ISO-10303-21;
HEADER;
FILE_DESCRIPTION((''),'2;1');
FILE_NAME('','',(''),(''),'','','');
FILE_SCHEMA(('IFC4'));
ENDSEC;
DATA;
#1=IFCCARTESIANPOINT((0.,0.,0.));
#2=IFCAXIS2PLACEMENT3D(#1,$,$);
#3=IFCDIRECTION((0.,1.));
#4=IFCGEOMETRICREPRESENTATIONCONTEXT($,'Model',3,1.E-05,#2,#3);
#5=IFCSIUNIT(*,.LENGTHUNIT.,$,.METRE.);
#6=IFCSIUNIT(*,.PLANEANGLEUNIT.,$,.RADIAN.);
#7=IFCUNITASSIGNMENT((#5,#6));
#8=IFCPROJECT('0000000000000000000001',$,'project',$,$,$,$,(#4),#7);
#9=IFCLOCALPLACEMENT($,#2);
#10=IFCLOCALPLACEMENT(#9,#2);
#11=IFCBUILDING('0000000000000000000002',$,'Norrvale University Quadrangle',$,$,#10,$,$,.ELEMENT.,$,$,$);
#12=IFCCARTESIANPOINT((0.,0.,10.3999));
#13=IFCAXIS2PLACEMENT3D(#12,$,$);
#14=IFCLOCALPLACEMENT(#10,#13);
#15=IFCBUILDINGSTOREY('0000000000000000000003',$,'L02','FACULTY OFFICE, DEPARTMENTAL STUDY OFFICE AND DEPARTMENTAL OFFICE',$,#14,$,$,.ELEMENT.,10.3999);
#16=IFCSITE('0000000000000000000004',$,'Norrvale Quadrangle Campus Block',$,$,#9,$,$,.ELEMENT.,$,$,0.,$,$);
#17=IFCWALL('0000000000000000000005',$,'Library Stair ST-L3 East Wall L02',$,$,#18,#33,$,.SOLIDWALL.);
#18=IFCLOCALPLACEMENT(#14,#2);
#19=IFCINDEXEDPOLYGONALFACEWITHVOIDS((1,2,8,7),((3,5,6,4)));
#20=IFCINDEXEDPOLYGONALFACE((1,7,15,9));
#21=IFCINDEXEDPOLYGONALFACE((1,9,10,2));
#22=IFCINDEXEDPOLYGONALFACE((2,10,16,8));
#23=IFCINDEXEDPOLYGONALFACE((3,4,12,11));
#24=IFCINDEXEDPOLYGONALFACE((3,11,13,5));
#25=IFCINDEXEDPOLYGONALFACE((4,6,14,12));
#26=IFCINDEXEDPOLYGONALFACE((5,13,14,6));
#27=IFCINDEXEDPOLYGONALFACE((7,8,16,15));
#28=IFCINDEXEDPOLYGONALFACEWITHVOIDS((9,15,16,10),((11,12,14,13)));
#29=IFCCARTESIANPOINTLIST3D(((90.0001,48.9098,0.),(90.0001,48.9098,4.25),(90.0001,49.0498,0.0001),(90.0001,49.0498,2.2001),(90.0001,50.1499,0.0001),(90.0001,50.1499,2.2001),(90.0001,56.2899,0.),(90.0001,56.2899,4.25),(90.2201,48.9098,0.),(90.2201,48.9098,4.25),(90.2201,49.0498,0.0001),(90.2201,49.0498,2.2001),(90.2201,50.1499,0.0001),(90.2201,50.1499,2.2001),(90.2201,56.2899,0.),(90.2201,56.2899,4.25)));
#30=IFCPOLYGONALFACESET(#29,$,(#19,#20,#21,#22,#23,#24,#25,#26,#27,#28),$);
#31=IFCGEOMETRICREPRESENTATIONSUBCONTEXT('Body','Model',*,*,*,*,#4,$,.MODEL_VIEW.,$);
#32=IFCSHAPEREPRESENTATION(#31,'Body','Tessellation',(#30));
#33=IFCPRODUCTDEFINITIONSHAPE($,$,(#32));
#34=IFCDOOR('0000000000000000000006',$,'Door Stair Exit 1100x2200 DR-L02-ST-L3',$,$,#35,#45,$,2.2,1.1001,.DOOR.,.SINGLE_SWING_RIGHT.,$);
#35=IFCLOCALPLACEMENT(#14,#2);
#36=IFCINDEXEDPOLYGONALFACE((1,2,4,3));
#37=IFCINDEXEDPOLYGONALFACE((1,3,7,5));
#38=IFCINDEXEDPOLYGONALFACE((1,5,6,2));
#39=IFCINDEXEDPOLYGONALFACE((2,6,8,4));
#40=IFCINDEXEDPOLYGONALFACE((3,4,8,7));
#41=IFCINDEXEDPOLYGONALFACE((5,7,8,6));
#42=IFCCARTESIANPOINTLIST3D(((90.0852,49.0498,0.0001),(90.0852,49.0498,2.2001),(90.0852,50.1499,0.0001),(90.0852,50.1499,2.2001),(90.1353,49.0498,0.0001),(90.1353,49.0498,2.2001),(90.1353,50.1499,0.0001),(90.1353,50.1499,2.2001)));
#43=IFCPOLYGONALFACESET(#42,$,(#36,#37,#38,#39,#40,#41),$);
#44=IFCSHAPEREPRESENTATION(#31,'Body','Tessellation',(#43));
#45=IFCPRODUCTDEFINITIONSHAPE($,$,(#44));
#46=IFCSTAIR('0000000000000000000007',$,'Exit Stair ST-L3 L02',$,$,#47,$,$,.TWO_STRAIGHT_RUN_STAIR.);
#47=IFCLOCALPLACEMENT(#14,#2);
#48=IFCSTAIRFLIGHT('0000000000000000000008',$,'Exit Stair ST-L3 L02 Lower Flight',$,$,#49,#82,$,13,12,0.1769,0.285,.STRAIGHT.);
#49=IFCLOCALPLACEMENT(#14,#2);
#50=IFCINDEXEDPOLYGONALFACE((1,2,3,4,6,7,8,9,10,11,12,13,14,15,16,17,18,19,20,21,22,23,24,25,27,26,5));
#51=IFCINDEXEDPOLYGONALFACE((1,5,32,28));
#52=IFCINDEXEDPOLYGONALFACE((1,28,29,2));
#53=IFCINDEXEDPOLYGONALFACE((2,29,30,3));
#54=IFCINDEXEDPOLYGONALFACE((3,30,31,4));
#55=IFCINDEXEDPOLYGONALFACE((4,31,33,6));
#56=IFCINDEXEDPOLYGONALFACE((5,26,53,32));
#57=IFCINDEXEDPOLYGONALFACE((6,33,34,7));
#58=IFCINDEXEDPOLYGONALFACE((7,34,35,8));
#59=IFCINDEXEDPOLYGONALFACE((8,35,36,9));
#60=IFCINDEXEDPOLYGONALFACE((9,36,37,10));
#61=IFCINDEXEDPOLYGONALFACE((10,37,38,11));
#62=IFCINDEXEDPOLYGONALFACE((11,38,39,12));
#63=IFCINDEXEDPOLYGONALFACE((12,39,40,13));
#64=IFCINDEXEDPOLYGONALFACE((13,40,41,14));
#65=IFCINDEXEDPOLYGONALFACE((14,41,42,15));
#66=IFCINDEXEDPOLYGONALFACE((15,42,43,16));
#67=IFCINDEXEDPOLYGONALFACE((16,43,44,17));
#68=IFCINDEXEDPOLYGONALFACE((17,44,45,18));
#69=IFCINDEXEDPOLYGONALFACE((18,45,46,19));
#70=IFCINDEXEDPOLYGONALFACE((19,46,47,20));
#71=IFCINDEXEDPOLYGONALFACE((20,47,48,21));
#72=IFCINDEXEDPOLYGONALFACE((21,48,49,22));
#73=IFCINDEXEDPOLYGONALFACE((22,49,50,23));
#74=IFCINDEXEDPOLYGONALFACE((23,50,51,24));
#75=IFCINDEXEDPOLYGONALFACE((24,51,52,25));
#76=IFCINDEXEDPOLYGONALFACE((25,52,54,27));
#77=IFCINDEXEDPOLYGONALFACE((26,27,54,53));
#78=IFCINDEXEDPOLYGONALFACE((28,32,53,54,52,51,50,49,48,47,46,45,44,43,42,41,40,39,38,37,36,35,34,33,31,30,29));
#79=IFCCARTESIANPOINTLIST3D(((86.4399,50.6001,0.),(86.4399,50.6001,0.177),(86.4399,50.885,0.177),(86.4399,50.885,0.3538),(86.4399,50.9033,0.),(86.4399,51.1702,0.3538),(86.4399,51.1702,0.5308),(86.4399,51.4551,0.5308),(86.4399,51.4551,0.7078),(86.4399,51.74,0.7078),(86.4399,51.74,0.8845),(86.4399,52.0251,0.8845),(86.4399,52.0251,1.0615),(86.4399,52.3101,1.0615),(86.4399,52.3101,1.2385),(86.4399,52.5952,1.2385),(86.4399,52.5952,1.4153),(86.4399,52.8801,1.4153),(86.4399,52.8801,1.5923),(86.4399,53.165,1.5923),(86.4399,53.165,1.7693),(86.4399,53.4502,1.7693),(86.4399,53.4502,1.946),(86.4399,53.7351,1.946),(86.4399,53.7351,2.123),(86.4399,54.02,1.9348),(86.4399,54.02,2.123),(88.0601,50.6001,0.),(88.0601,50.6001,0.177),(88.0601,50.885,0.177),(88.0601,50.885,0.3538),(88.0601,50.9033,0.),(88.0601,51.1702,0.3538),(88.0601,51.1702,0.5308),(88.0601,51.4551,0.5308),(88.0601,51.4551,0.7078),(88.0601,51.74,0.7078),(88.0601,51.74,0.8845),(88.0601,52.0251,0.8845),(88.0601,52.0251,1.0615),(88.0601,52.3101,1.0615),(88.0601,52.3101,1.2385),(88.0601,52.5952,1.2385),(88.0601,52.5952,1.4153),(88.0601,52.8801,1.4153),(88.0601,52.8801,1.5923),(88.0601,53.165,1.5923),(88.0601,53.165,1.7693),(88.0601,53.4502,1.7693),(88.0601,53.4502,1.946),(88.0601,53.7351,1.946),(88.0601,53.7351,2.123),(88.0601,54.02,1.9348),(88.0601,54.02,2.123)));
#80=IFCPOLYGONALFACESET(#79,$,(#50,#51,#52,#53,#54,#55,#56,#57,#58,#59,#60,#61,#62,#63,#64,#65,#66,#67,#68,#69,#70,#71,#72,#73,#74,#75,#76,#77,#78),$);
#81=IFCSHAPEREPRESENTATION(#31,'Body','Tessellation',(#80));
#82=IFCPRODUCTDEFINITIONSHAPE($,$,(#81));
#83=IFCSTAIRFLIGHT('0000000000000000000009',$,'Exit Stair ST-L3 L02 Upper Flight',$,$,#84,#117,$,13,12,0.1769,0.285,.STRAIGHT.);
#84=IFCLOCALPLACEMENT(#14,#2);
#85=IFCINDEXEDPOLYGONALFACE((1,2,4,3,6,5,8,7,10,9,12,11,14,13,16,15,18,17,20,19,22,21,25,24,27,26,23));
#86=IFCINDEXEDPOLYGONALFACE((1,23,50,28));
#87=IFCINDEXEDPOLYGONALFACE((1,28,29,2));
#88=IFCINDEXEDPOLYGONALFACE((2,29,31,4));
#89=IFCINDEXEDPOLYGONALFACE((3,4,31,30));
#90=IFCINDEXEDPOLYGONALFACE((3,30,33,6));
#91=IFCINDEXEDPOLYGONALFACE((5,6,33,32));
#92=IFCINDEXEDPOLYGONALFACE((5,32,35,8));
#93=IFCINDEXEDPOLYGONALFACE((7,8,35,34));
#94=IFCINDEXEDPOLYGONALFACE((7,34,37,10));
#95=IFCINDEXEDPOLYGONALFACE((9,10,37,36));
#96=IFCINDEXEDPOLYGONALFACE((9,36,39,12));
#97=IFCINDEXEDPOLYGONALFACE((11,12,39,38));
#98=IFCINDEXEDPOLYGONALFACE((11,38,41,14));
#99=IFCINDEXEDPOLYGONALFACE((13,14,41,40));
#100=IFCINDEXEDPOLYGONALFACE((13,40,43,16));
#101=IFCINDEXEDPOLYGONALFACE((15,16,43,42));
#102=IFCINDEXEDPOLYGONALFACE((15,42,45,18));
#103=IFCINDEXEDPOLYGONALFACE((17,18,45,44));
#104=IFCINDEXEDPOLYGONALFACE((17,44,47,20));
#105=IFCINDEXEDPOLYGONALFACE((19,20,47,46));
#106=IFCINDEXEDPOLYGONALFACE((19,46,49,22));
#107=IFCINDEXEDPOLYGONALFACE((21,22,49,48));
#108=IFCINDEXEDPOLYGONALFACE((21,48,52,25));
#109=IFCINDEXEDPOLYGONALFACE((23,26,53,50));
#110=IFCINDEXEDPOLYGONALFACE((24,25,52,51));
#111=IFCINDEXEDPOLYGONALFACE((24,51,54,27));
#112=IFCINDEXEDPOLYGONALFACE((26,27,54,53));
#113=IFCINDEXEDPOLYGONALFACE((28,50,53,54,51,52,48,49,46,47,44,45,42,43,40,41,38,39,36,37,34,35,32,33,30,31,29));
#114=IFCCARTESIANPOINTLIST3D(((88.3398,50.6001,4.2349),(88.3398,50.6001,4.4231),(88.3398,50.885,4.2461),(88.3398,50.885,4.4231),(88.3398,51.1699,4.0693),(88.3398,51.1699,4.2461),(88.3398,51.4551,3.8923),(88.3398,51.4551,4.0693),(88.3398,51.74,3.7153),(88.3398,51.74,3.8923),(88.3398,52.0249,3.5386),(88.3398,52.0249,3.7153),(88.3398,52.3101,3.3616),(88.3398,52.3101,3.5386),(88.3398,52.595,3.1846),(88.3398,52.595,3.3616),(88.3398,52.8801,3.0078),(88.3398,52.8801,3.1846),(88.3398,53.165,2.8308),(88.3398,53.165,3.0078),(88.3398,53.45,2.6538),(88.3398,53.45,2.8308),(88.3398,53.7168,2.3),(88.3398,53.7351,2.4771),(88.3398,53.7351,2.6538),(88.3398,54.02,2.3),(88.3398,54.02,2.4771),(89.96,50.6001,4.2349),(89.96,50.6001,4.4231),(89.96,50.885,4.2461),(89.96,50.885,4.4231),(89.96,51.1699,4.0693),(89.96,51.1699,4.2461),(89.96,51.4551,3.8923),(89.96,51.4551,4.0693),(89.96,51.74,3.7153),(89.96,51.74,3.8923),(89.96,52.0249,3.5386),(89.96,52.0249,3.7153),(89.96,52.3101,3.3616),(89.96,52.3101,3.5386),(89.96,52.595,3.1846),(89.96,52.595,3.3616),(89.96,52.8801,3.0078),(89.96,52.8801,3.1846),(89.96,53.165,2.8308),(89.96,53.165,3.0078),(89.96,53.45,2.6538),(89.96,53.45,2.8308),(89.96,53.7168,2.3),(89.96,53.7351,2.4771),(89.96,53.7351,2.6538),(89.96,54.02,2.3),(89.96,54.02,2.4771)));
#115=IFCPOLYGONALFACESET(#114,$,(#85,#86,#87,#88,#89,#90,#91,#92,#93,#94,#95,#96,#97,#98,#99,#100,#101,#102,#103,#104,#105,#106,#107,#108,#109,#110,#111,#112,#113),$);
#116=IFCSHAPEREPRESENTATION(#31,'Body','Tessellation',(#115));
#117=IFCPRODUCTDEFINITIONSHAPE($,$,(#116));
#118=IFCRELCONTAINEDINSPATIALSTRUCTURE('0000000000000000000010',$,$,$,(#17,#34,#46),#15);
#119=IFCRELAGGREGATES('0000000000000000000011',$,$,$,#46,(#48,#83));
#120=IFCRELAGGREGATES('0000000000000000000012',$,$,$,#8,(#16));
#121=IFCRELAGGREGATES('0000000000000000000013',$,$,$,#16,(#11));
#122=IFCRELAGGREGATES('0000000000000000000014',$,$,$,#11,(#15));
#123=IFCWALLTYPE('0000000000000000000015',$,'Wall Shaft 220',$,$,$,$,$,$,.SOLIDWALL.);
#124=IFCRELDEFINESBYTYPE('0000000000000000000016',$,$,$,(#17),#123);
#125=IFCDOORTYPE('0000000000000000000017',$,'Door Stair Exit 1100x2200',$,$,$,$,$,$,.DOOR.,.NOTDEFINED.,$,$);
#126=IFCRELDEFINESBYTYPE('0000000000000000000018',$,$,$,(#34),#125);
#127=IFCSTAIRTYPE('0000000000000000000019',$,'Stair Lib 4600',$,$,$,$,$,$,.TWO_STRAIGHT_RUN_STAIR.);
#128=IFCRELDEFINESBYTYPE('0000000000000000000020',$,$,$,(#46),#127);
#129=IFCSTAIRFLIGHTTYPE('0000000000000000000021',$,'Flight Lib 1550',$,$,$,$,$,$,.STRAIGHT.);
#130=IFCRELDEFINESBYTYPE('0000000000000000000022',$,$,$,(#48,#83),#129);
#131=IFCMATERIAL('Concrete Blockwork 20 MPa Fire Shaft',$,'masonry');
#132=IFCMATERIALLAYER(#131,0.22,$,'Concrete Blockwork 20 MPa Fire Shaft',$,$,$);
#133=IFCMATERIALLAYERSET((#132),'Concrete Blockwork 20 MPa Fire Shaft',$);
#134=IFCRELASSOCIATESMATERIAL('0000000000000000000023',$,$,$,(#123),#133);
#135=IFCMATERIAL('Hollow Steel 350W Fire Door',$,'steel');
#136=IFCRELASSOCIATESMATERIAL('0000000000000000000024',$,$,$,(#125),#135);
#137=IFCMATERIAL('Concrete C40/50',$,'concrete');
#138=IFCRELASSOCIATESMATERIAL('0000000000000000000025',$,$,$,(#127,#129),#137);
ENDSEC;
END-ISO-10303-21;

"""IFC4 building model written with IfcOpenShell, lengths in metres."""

from ifc_helpers import new_model, si_unit, direction, frame, frame_2d, origin, place, context, subcontext, project, spatial, polyline, rectangle, outline, extrude, material, layer, layer_set, type_object, element, fill, aggregate, save


model = new_model("IFC4")

# Units and contexts
model_context = context("Model", 3, precision=1e-05, world=origin(), true_north=direction((0.0, 1.0)))
body_context = subcontext(model_context, "Body", "Model", "MODEL_VIEW")
ifc_project = project(units=[si_unit("LENGTHUNIT", "METRE"), si_unit("PLANEANGLEUNIT", "RADIAN")], contexts=[model_context])

# Site, building, storey
site_placement = place(None, origin())
site = spatial("IfcSite", under=ifc_project, at=site_placement, Name="Norrvale Quadrangle Campus Block", CompositionType="ELEMENT", RefElevation=0.0)
building_placement = place(site_placement, origin())
building = spatial("IfcBuilding", under=site, at=building_placement, Name="Norrvale University Quadrangle", CompositionType="ELEMENT")
storey_placement = place(building_placement, frame((0.0, 0.0, 10.3999)))
storey = spatial("IfcBuildingStorey", under=building, at=storey_placement, Name="L02", Description="FACULTY OFFICE, DEPARTMENTAL STUDY OFFICE AND DEPARTMENTAL OFFICE", CompositionType="ELEMENT", Elevation=10.3999)

# Shared definitions
ifc_material_1 = material(Name="Concrete Blockwork 20 MPa Fire Shaft", Category="masonry")
ifc_layer_1 = layer(ifc_material_1, 0.22, Name="Concrete Blockwork 20 MPa Fire Shaft")
ifc_layer_set_1 = layer_set([ifc_layer_1], Name="Concrete Blockwork 20 MPa Fire Shaft")
wall_type_1 = type_object("IfcWallType", Name="Wall Shaft 220", PredefinedType="SOLIDWALL", material=ifc_layer_set_1)

# Wall, opening, door
wall_1_placement = place(storey_placement, frame((90.1101, 48.9099, 0.0), z_axis=(0.0, 0.0, 1.0), x_axis=(0.0, 1.0, 0.0)))
wall_1 = element("IfcWall", 1, at=wall_1_placement, inside=storey, type_object=wall_type_1, Name="Library Stair ST-L3 East Wall L02", PredefinedType="SOLIDWALL", context=body_context, shape_type="SweptSolid", body=[
    extrude(rectangle(XDim=7.3801, YDim=0.22, at=frame_2d((3.6899, 0.0))), origin(), (0.0, 0.0, 1.0), 4.25),
])
opening_1_placement = place(wall_1_placement, frame((0.1399, 0.0, 0.0)))
opening_1 = element("IfcOpeningElement", 2, at=opening_1_placement, cuts=wall_1, PredefinedType="OPENING", context=body_context, shape_type="SweptSolid", body=[
    extrude(rectangle(XDim=1.1001, YDim=2.2, at=frame_2d((0.55, 1.1001))), frame((0.0, 0.1221, 0.0), z_axis=(0.0, -1.0, 0.0), x_axis=(1.0, 0.0, 0.0)), (0.0, 0.0, 1.0), 0.2439),
])
ifc_material_2 = material(Name="Hollow Steel 350W Fire Door", Category="steel")
door_type_1 = type_object("IfcDoorType", Name="Door Stair Exit 1100x2200", OperationType="NOTDEFINED", PredefinedType="DOOR", material=ifc_material_2)
door_1_placement = place(opening_1_placement, origin())
door_1 = element("IfcDoor", 3, at=door_1_placement, inside=storey, type_object=door_type_1, Name="Door Stair Exit 1100x2200 DR-L02-ST-L3", OperationType="SINGLE_SWING_RIGHT", OverallHeight=2.2, OverallWidth=1.1001, PredefinedType="DOOR", context=body_context, shape_type="SweptSolid", body=[
    extrude(rectangle(XDim=1.1001, YDim=2.2, at=frame_2d((0.55, 1.1001))), frame((0.0, 0.0249, 0.0), z_axis=(0.0, -1.0, 0.0), x_axis=(1.0, 0.0, 0.0)), (0.0, 0.0, 1.0), 0.05),
])
fill(opening_1, door_1)

# Stair, stair flights
ifc_material_3 = material(Name="Concrete C40/50", Category="concrete")
stair_type = type_object("IfcStairType", Name="Stair Lib 4600", PredefinedType="TWO_STRAIGHT_RUN_STAIR", material=ifc_material_3)
stair_placement = place(storey_placement, origin())
stair = element("IfcStair", 4, at=stair_placement, inside=storey, type_object=stair_type, Name="Exit Stair ST-L3 L02", PredefinedType="TWO_STRAIGHT_RUN_STAIR")
stair_flight_type = type_object("IfcStairFlightType", Name="Flight Lib 1550", PredefinedType="STRAIGHT", material=ifc_material_3)
stair_flight_1_placement = place(storey_placement, frame((87.25, 50.6001, 0.0), z_axis=(0.0, 0.0, 1.0), x_axis=(0.0, 1.0, 0.0)))
stair_flight_1 = element("IfcStairFlight", 5, at=stair_flight_1_placement, type_object=stair_flight_type, Name="Exit Stair ST-L3 L02 Lower Flight", NumberOfRisers=13, NumberOfTreads=12, PredefinedType="STRAIGHT", RiserHeight=0.1769, TreadLength=0.285, context=body_context, shape_type="SweptSolid", body=[
    extrude(outline(polyline([(0.0, 0.0), (0.0, 0.177), (0.2849, 0.177), (0.2849, 0.3538), (0.5701, 0.3538), (0.5701, 0.5308), (0.855, 0.5308), (0.855, 0.7078), (1.1399, 0.7078), (1.1399, 0.8845), (1.425, 0.8845), (1.425, 1.0615), (1.71, 1.0615), (1.71, 1.2385), (1.9951, 1.2385), (1.9951, 1.4153), (2.28, 1.4153), (2.28, 1.5923), (2.5649, 1.5923), (2.5649, 1.7693), (2.8501, 1.7693), (2.8501, 1.946), (3.135, 1.946), (3.135, 2.123), (3.4199, 2.123), (3.4199, 2.3), (3.4199, 1.9348), (0.3032, 0.0), (0.0, 0.0)])), frame((0.0, 0.8101, 0.0), z_axis=(0.0, -1.0, 0.0), x_axis=(1.0, 0.0, 0.0)), (0.0, 0.0, 1.0), 1.6201),
])
stair_flight_2_placement = place(storey_placement, frame((89.1499, 54.02, 2.3), z_axis=(0.0, 0.0, 1.0), x_axis=(0.0, -1.0, 0.0)))
stair_flight_2 = element("IfcStairFlight", 6, at=stair_flight_2_placement, type_object=stair_flight_type, Name="Exit Stair ST-L3 L02 Upper Flight", NumberOfRisers=13, NumberOfTreads=12, PredefinedType="STRAIGHT", RiserHeight=0.1769, TreadLength=0.285, context=body_context, shape_type="SweptSolid", body=[
    extrude(outline(polyline([(0.0, 0.0), (0.0, 0.177), (0.2849, 0.177), (0.2849, 0.3538), (0.5701, 0.3538), (0.5701, 0.5308), (0.855, 0.5308), (0.855, 0.7078), (1.1399, 0.7078), (1.1399, 0.8845), (1.425, 0.8845), (1.425, 1.0615), (1.71, 1.0615), (1.71, 1.2385), (1.9951, 1.2385), (1.9951, 1.4153), (2.28, 1.4153), (2.28, 1.5923), (2.5649, 1.5923), (2.5649, 1.7693), (2.8501, 1.7693), (2.8501, 1.946), (3.135, 1.946), (3.135, 2.123), (3.4199, 2.123), (3.4199, 2.3), (3.4199, 1.9348), (0.3032, 0.0), (0.0, 0.0)])), frame((0.0, 0.8101, 0.0), z_axis=(0.0, -1.0, 0.0), x_axis=(1.0, 0.0, 0.0)), (0.0, 0.0, 1.0), 1.6201),
])
aggregate(stair, [stair_flight_1, stair_flight_2])

save(model, "model.ifc")
